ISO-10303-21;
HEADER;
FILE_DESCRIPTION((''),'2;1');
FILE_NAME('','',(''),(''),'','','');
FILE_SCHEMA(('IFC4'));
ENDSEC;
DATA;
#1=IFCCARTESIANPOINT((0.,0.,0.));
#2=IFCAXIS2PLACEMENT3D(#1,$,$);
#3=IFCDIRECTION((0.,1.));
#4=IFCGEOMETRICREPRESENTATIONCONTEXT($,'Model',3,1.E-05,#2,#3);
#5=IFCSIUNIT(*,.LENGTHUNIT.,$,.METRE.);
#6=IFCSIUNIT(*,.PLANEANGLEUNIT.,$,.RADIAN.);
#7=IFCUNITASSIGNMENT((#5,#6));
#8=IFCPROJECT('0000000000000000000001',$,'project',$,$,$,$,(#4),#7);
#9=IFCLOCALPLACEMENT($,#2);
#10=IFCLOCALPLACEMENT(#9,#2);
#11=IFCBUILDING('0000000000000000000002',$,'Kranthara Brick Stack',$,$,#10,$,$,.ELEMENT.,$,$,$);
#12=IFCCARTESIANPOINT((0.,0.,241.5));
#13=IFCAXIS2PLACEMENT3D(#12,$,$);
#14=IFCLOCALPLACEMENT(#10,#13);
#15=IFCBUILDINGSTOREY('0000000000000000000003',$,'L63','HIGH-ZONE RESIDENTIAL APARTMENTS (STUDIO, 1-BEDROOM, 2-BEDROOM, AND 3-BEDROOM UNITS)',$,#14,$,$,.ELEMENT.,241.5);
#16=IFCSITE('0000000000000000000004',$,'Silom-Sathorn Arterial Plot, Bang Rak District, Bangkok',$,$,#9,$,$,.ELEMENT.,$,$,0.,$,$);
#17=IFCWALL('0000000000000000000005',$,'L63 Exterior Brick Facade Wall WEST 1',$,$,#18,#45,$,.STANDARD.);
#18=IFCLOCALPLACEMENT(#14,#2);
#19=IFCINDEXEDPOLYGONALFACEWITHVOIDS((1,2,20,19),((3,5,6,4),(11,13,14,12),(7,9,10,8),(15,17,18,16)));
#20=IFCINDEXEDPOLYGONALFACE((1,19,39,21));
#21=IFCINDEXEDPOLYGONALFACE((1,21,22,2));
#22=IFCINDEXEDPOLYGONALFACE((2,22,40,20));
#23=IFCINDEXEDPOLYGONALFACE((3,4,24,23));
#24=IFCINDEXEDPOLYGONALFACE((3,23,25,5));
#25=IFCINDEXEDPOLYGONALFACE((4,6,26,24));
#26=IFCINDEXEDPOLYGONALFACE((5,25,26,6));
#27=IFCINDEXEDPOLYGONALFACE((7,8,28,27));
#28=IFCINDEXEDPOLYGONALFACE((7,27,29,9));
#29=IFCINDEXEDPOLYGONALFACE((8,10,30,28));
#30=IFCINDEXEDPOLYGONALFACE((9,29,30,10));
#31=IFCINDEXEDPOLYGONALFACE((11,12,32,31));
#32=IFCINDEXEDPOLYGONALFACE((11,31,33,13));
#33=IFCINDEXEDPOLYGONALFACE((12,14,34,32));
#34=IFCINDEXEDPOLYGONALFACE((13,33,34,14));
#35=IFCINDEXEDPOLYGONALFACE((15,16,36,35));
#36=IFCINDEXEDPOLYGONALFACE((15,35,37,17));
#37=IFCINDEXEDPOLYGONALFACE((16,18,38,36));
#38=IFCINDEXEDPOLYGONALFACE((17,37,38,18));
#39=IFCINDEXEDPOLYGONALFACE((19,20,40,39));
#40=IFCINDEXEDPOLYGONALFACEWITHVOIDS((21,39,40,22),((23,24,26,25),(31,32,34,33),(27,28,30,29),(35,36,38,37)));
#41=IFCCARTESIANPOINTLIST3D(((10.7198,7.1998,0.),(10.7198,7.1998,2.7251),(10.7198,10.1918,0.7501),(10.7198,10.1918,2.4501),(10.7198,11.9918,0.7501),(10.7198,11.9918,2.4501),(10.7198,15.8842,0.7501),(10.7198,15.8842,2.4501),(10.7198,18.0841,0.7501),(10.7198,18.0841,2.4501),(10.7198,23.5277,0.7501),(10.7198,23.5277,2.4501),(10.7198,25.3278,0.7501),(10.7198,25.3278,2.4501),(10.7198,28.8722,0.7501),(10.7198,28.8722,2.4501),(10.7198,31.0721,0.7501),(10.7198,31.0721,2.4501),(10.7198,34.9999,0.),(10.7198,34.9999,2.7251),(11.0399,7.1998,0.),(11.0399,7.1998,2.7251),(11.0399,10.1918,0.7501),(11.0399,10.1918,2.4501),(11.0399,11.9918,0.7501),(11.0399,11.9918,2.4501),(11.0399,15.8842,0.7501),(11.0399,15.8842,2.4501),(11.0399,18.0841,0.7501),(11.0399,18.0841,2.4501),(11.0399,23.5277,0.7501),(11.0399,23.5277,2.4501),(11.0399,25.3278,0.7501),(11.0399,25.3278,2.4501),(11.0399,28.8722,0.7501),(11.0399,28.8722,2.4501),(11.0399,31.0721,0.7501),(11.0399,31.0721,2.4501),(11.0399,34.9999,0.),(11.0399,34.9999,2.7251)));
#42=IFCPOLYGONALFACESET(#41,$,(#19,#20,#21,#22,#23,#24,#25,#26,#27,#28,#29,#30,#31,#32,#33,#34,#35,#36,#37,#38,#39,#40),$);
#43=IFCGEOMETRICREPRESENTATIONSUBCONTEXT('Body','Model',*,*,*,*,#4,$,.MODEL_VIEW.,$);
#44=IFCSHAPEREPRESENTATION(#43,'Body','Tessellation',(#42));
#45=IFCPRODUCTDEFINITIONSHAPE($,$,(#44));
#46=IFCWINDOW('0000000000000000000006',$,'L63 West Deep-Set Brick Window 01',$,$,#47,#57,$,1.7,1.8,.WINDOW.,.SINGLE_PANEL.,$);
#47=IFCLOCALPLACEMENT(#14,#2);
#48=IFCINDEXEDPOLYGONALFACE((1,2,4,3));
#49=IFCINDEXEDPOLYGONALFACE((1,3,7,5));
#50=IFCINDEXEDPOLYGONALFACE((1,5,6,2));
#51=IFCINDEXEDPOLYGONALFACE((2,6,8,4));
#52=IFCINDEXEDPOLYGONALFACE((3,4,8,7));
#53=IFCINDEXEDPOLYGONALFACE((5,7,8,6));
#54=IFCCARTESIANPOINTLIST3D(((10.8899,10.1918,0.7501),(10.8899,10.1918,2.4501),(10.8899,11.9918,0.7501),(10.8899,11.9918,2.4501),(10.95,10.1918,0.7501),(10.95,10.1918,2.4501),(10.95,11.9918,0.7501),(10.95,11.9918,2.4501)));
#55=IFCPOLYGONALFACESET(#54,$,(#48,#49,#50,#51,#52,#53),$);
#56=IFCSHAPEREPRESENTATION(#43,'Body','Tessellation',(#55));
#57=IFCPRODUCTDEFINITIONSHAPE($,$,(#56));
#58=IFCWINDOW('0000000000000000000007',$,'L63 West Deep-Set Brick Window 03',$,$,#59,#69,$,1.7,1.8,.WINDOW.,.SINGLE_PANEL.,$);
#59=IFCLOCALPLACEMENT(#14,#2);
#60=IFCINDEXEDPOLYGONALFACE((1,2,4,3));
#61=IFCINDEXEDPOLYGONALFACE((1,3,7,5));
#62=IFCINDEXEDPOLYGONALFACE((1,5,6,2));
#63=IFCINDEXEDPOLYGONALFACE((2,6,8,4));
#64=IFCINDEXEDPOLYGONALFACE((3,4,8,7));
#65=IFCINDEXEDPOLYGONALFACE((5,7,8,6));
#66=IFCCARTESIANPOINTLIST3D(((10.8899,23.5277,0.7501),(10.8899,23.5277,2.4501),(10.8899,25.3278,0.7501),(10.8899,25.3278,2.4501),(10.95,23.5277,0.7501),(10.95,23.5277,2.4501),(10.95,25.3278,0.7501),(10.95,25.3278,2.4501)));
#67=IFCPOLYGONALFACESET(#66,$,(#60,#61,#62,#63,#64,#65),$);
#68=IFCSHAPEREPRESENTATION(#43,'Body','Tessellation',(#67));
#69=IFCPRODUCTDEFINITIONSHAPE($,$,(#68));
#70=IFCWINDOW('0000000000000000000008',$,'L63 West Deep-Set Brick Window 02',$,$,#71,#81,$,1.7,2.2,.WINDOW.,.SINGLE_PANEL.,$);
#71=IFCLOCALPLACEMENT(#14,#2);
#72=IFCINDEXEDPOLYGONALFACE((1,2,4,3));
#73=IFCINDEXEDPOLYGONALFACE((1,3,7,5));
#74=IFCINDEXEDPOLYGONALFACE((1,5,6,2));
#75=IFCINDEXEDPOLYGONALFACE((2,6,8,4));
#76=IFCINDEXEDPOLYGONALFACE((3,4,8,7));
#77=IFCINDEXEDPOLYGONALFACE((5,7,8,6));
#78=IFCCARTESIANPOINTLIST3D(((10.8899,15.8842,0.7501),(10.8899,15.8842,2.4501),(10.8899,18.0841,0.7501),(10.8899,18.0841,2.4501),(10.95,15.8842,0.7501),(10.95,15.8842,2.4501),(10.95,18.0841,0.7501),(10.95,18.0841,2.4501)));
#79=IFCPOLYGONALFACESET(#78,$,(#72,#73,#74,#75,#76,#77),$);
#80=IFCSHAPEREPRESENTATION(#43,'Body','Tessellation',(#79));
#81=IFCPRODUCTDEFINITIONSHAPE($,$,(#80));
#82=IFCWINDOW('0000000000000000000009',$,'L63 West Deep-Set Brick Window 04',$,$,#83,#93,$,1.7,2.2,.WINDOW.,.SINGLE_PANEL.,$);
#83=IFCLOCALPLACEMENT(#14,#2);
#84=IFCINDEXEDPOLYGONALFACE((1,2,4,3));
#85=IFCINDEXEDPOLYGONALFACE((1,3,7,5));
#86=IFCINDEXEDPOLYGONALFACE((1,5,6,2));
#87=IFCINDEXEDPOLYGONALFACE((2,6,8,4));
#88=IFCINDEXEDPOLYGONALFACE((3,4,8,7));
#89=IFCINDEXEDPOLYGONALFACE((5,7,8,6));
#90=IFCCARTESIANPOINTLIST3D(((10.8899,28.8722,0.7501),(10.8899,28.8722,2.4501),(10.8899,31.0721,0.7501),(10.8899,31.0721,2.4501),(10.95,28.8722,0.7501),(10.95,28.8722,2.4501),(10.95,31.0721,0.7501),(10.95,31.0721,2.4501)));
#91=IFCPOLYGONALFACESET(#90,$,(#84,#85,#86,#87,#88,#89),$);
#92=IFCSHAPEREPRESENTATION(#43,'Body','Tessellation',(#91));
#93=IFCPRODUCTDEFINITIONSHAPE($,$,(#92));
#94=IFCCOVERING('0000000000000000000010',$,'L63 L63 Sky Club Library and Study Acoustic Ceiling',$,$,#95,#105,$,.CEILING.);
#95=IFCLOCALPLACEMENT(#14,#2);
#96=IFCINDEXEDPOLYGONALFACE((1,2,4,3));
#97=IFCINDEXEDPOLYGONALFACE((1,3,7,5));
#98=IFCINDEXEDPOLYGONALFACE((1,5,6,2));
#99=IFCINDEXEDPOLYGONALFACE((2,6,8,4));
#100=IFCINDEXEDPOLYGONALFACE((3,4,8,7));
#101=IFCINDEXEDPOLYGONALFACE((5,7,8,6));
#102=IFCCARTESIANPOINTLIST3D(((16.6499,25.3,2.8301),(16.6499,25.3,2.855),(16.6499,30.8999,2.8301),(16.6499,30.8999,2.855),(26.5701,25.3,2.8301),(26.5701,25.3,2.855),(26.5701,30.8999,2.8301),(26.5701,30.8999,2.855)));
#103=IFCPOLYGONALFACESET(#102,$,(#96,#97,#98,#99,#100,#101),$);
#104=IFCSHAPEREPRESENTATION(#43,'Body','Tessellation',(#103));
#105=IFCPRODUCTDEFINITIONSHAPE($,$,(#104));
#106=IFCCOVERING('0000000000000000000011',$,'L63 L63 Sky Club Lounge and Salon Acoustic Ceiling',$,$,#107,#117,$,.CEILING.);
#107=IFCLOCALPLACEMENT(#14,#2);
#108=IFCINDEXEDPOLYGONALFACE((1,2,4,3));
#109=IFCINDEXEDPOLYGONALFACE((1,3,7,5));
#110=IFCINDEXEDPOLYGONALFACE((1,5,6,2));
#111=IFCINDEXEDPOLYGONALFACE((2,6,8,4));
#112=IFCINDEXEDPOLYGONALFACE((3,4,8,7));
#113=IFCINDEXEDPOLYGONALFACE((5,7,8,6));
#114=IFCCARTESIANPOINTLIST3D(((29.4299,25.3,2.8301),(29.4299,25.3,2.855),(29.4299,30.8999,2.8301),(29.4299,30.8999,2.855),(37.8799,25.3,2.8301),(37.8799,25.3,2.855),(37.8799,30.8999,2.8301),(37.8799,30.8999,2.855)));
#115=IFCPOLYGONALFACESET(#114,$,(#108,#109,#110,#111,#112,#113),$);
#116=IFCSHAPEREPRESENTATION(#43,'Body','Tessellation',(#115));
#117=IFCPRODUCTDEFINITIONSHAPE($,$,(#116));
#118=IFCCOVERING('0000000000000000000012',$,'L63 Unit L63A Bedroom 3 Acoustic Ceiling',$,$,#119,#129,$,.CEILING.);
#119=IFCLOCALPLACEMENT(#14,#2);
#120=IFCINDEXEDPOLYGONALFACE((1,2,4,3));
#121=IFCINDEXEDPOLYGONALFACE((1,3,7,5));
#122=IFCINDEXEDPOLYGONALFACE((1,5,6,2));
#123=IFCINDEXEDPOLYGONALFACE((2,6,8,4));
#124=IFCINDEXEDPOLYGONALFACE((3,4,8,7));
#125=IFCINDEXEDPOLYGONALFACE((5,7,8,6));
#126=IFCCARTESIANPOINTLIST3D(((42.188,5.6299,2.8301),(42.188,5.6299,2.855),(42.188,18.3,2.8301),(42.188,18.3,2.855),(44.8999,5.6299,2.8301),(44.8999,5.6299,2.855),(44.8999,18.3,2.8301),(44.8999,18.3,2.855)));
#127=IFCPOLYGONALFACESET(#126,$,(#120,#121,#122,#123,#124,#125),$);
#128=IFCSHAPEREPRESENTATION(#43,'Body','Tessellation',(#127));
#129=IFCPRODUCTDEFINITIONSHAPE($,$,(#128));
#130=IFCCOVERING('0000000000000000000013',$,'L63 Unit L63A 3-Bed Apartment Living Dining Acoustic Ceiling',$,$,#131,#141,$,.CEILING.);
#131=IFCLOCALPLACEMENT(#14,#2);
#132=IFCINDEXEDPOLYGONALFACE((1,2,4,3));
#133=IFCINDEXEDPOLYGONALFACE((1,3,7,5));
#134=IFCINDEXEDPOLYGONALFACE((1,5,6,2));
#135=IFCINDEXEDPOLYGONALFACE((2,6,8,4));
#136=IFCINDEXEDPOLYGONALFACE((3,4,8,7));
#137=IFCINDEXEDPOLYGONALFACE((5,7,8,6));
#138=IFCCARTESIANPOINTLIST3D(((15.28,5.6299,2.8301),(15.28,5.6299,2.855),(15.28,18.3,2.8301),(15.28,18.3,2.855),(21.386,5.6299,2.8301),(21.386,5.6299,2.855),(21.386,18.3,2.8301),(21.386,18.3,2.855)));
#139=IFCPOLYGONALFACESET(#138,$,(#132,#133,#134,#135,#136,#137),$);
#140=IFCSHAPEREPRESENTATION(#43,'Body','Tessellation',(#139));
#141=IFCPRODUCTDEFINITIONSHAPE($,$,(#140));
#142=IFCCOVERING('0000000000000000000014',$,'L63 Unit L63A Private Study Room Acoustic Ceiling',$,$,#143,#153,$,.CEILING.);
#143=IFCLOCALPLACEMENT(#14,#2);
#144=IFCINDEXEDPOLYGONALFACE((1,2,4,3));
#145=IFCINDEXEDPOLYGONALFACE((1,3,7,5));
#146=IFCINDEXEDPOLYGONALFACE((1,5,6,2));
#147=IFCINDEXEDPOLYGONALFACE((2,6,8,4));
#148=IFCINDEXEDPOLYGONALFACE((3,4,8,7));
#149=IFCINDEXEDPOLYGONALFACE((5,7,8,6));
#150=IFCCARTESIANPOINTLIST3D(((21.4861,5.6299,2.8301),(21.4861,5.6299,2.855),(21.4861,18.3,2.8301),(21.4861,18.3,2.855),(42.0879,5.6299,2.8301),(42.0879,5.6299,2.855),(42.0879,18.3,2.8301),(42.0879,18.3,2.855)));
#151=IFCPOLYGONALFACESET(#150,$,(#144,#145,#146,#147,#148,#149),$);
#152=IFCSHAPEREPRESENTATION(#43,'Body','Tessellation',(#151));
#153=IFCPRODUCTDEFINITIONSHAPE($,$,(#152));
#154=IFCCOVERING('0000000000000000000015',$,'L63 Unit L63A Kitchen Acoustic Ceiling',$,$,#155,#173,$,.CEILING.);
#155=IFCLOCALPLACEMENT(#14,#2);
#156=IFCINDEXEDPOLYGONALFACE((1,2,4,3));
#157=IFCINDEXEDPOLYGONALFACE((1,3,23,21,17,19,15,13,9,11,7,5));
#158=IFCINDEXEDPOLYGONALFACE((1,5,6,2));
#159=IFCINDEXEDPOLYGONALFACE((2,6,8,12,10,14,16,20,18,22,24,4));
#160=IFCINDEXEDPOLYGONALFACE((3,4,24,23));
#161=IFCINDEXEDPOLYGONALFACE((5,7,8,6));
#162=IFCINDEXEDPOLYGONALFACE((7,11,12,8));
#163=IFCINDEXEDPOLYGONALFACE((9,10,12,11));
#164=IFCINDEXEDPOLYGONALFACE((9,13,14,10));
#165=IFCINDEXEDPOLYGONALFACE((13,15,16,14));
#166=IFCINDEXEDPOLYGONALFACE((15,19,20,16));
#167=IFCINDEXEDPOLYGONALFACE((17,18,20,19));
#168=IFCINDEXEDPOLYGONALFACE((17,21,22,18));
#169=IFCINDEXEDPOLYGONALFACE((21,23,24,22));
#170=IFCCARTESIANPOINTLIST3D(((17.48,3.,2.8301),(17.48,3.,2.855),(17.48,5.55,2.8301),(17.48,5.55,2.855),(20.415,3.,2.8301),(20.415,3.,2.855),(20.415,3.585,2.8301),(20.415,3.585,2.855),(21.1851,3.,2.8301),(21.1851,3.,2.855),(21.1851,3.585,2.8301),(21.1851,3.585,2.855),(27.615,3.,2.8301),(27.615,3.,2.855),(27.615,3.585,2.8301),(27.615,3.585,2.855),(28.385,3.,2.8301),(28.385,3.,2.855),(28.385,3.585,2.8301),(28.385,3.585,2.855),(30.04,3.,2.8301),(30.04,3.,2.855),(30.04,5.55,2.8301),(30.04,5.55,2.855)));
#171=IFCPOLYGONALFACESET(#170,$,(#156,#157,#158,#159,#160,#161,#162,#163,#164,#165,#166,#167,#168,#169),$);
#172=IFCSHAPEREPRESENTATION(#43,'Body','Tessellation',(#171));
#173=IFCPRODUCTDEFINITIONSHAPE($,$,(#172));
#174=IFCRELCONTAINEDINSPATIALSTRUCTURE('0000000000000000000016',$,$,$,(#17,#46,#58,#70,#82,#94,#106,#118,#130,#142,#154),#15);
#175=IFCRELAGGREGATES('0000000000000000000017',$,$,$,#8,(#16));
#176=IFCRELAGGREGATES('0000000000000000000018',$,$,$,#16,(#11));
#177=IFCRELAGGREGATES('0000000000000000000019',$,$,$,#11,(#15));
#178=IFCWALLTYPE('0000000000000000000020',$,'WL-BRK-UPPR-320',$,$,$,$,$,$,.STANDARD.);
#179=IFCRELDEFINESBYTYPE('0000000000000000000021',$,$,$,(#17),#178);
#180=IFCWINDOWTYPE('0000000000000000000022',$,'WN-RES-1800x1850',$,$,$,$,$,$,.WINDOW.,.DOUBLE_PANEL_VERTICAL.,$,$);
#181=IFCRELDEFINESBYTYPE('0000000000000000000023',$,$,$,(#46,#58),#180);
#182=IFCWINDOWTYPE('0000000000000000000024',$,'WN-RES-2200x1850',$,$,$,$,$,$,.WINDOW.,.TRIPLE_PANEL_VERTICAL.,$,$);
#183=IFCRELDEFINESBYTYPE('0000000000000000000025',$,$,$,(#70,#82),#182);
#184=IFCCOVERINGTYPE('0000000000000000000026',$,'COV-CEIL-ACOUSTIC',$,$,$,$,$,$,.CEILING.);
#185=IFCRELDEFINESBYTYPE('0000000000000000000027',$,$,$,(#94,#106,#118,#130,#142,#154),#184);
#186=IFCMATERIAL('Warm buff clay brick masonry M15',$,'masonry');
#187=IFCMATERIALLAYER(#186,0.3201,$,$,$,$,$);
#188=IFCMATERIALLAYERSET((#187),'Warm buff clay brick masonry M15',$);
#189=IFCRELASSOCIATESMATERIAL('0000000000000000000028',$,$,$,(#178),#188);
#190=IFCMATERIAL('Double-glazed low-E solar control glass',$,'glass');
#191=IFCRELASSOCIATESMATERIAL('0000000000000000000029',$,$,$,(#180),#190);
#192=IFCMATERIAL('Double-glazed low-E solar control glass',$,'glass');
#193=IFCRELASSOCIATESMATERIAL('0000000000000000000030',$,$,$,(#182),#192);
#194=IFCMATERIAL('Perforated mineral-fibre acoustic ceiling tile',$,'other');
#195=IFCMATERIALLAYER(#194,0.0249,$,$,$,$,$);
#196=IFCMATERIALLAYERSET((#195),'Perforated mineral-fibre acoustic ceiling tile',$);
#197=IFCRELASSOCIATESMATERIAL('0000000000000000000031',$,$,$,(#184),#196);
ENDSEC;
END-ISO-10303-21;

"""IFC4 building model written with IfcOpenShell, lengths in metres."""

from ifc_helpers import new_model, si_unit, direction, frame, frame_2d, origin, place, context, subcontext, project, spatial, polyline, rectangle, outline, extrude, material, layer, layer_set, type_object, element, fill, save


model = new_model("IFC4")

# Units and contexts
model_context = context("Model", 3, precision=1e-05, world=origin(), true_north=direction((0.0, 1.0)))
body_context = subcontext(model_context, "Body", "Model", "MODEL_VIEW")
ifc_project = project(units=[si_unit("LENGTHUNIT", "METRE"), si_unit("PLANEANGLEUNIT", "RADIAN")], contexts=[model_context])

# Site, building, storey
site_placement = place(None, origin())
site = spatial("IfcSite", under=ifc_project, at=site_placement, Name="Silom-Sathorn Arterial Plot, Bang Rak District, Bangkok", CompositionType="ELEMENT", RefElevation=0.0)
building_placement = place(site_placement, origin())
building = spatial("IfcBuilding", under=site, at=building_placement, Name="Kranthara Brick Stack", CompositionType="ELEMENT")
storey_placement = place(building_placement, frame((0.0, 0.0, 241.5)))
storey = spatial("IfcBuildingStorey", under=building, at=storey_placement, Name="L63", Description="HIGH-ZONE RESIDENTIAL APARTMENTS (STUDIO, 1-BEDROOM, 2-BEDROOM, AND 3-BEDROOM UNITS)", CompositionType="ELEMENT", Elevation=241.5)

# Wall, openings, windows
ifc_material_1 = material(Name="Warm buff clay brick masonry M15", Category="masonry")
ifc_layer_1 = layer(ifc_material_1, 0.3201)
ifc_layer_set_1 = layer_set([ifc_layer_1], Name="Warm buff clay brick masonry M15")
wall_type = type_object("IfcWallType", Name="WL-BRK-UPPR-320", PredefinedType="STANDARD", material=ifc_layer_set_1)
wall_placement = place(storey_placement, frame((10.8799, 7.2, 0.0), z_axis=(0.0, 0.0, 1.0), x_axis=(0.0, 1.0, 0.0)))
wall = element("IfcWall", 1, at=wall_placement, inside=storey, type_object=wall_type, Name="L63 Exterior Brick Facade Wall WEST 1", PredefinedType="STANDARD", context=body_context, shape_type="SweptSolid", body=[
    extrude(rectangle(XDim=27.8, YDim=0.3201, at=frame_2d((13.8999, 0.0))), origin(), (0.0, 0.0, 1.0), 2.7251),
])
opening_1_placement = place(wall_placement, frame((2.9919, 0.0, 0.75)))
opening_1 = element("IfcOpeningElement", 2, at=opening_1_placement, cuts=wall, PredefinedType="OPENING", context=body_context, shape_type="SweptSolid", body=[
    extrude(rectangle(XDim=1.8, YDim=1.7, at=frame_2d((0.8999, 0.8501))), frame((0.0, 0.1699, 0.0), z_axis=(0.0, -1.0, 0.0), x_axis=(1.0, 0.0, 0.0)), (0.0, 0.0, 1.0), 0.3401),
])
opening_2_placement = place(wall_placement, frame((8.6841, 0.0, 0.75)))
opening_2 = element("IfcOpeningElement", 3, at=opening_2_placement, cuts=wall, PredefinedType="OPENING", context=body_context, shape_type="SweptSolid", body=[
    extrude(rectangle(XDim=2.2, YDim=1.7, at=frame_2d((1.1001, 0.8501))), frame((0.0, 0.1699, 0.0), z_axis=(0.0, -1.0, 0.0), x_axis=(1.0, 0.0, 0.0)), (0.0, 0.0, 1.0), 0.3401),
])
opening_3_placement = place(wall_placement, frame((16.3279, 0.0, 0.75)))
opening_3 = element("IfcOpeningElement", 4, at=opening_3_placement, cuts=wall, PredefinedType="OPENING", context=body_context, shape_type="SweptSolid", body=[
    extrude(rectangle(XDim=1.8, YDim=1.7, at=frame_2d((0.8999, 0.8501))), frame((0.0, 0.1699, 0.0), z_axis=(0.0, -1.0, 0.0), x_axis=(1.0, 0.0, 0.0)), (0.0, 0.0, 1.0), 0.3401),
])
opening_4_placement = place(wall_placement, frame((21.6721, 0.0, 0.75)))
opening_4 = element("IfcOpeningElement", 5, at=opening_4_placement, cuts=wall, PredefinedType="OPENING", context=body_context, shape_type="SweptSolid", body=[
    extrude(rectangle(XDim=2.2, YDim=1.7, at=frame_2d((1.1001, 0.8501))), frame((0.0, 0.1699, 0.0), z_axis=(0.0, -1.0, 0.0), x_axis=(1.0, 0.0, 0.0)), (0.0, 0.0, 1.0), 0.3401),
])
ifc_material_2 = material(Name="Double-glazed low-E solar control glass", Category="glass")
window_type_1 = type_object("IfcWindowType", Name="WN-RES-1800x1850", PartitioningType="DOUBLE_PANEL_VERTICAL", PredefinedType="WINDOW", material=ifc_material_2)
window_1_placement = place(opening_1_placement, origin())
window_1 = element("IfcWindow", 6, at=window_1_placement, inside=storey, type_object=window_type_1, Name="L63 West Deep-Set Brick Window 01", OverallHeight=1.7, OverallWidth=1.8, PartitioningType="SINGLE_PANEL", PredefinedType="WINDOW", context=body_context, shape_type="SweptSolid", body=[
    extrude(rectangle(XDim=1.8, YDim=1.7, at=frame_2d((0.8999, 0.8501))), frame((0.0, -0.01, 0.0), z_axis=(0.0, -1.0, 0.0), x_axis=(1.0, 0.0, 0.0)), (0.0, 0.0, 1.0), 0.0601),
])
fill(opening_1, window_1)
window_2_placement = place(opening_3_placement, origin())
window_2 = element("IfcWindow", 7, at=window_2_placement, inside=storey, type_object=window_type_1, Name="L63 West Deep-Set Brick Window 03", OverallHeight=1.7, OverallWidth=1.8, PartitioningType="SINGLE_PANEL", PredefinedType="WINDOW", context=body_context, shape_type="SweptSolid", body=[
    extrude(rectangle(XDim=1.8, YDim=1.7, at=frame_2d((0.8999, 0.8501))), frame((0.0, -0.01, 0.0), z_axis=(0.0, -1.0, 0.0), x_axis=(1.0, 0.0, 0.0)), (0.0, 0.0, 1.0), 0.0601),
])
fill(opening_3, window_2)
ifc_material_3 = material(Name="Double-glazed low-E solar control glass", Category="glass")
window_type_2 = type_object("IfcWindowType", Name="WN-RES-2200x1850", PartitioningType="TRIPLE_PANEL_VERTICAL", PredefinedType="WINDOW", material=ifc_material_3)
window_3_placement = place(opening_2_placement, origin())
window_3 = element("IfcWindow", 8, at=window_3_placement, inside=storey, type_object=window_type_2, Name="L63 West Deep-Set Brick Window 02", OverallHeight=1.7, OverallWidth=2.2, PartitioningType="SINGLE_PANEL", PredefinedType="WINDOW", context=body_context, shape_type="SweptSolid", body=[
    extrude(rectangle(XDim=2.2, YDim=1.7, at=frame_2d((1.1001, 0.8501))), frame((0.0, -0.01, 0.0), z_axis=(0.0, -1.0, 0.0), x_axis=(1.0, 0.0, 0.0)), (0.0, 0.0, 1.0), 0.0601),
])
fill(opening_2, window_3)
window_4_placement = place(opening_4_placement, origin())
window_4 = element("IfcWindow", 9, at=window_4_placement, inside=storey, type_object=window_type_2, Name="L63 West Deep-Set Brick Window 04", OverallHeight=1.7, OverallWidth=2.2, PartitioningType="SINGLE_PANEL", PredefinedType="WINDOW", context=body_context, shape_type="SweptSolid", body=[
    extrude(rectangle(XDim=2.2, YDim=1.7, at=frame_2d((1.1001, 0.8501))), frame((0.0, -0.01, 0.0), z_axis=(0.0, -1.0, 0.0), x_axis=(1.0, 0.0, 0.0)), (0.0, 0.0, 1.0), 0.0601),
])
fill(opening_4, window_4)

# Coverings
ifc_material_4 = material(Name="Perforated mineral-fibre acoustic ceiling tile", Category="other")
ifc_layer_2 = layer(ifc_material_4, 0.0249)
ifc_layer_set_2 = layer_set([ifc_layer_2], Name="Perforated mineral-fibre acoustic ceiling tile")
covering_type_1 = type_object("IfcCoveringType", Name="COV-CEIL-ACOUSTIC", PredefinedType="CEILING", material=ifc_layer_set_2)
covering_1_placement = place(storey_placement, frame((0.0, 0.0, 2.8301)))
element("IfcCovering", 10, at=covering_1_placement, inside=storey, type_object=covering_type_1, Name="L63 L63 Sky Club Library and Study Acoustic Ceiling", PredefinedType="CEILING", context=body_context, shape_type="SweptSolid", body=[
    extrude(outline(polyline([(26.5701, 25.3), (26.5701, 30.8999), (16.6499, 30.8999), (16.6499, 25.3), (26.5701, 25.3)])), origin(), (0.0, 0.0, 1.0), 0.0249),
])
covering_2_placement = place(storey_placement, frame((0.0, 0.0, 2.8301)))
element("IfcCovering", 11, at=covering_2_placement, inside=storey, type_object=covering_type_1, Name="L63 L63 Sky Club Lounge and Salon Acoustic Ceiling", PredefinedType="CEILING", context=body_context, shape_type="SweptSolid", body=[
    extrude(outline(polyline([(37.8799, 25.3), (37.8799, 30.8999), (29.4299, 30.8999), (29.4299, 25.3), (37.8799, 25.3)])), origin(), (0.0, 0.0, 1.0), 0.0249),
])
covering_3_placement = place(storey_placement, frame((0.0, 0.0, 2.8301)))
element("IfcCovering", 12, at=covering_3_placement, inside=storey, type_object=covering_type_1, Name="L63 Unit L63A Bedroom 3 Acoustic Ceiling", PredefinedType="CEILING", context=body_context, shape_type="SweptSolid", body=[
    extrude(outline(polyline([(44.8999, 5.6299), (44.8999, 18.3), (42.188, 18.3), (42.188, 5.6299), (44.8999, 5.6299)])), origin(), (0.0, 0.0, 1.0), 0.0249),
])
covering_4_placement = place(storey_placement, frame((0.0, 0.0, 2.8301)))
element("IfcCovering", 13, at=covering_4_placement, inside=storey, type_object=covering_type_1, Name="L63 Unit L63A 3-Bed Apartment Living Dining Acoustic Ceiling", PredefinedType="CEILING", context=body_context, shape_type="SweptSolid", body=[
    extrude(outline(polyline([(21.386, 5.6299), (21.386, 18.3), (15.28, 18.3), (15.28, 5.6299), (21.386, 5.6299)])), origin(), (0.0, 0.0, 1.0), 0.0249),
])
covering_5_placement = place(storey_placement, frame((0.0, 0.0, 2.8301)))
element("IfcCovering", 14, at=covering_5_placement, inside=storey, type_object=covering_type_1, Name="L63 Unit L63A Private Study Room Acoustic Ceiling", PredefinedType="CEILING", context=body_context, shape_type="SweptSolid", body=[
    extrude(outline(polyline([(42.0879, 5.6299), (42.0879, 18.3), (21.4861, 18.3), (21.4861, 5.6299), (42.0879, 5.6299)])), origin(), (0.0, 0.0, 1.0), 0.0249),
])
covering_6_placement = place(storey_placement, frame((0.0, 0.0, 2.8301)))
element("IfcCovering", 15, at=covering_6_placement, inside=storey, type_object=covering_type_1, Name="L63 Unit L63A Kitchen Acoustic Ceiling", PredefinedType="CEILING", context=body_context, shape_type="SweptSolid", body=[
    extrude(outline(polyline([(17.48, 5.55), (30.04, 5.55), (30.04, 3.0), (28.385, 3.0), (28.385, 3.585), (27.615, 3.585), (27.615, 3.0), (21.1851, 3.0), (21.1851, 3.585), (20.415, 3.585), (20.415, 3.0), (17.48, 3.0), (17.48, 5.55)])), origin(), (0.0, 0.0, 1.0), 0.0249),
])

save(model, "model.ifc")
